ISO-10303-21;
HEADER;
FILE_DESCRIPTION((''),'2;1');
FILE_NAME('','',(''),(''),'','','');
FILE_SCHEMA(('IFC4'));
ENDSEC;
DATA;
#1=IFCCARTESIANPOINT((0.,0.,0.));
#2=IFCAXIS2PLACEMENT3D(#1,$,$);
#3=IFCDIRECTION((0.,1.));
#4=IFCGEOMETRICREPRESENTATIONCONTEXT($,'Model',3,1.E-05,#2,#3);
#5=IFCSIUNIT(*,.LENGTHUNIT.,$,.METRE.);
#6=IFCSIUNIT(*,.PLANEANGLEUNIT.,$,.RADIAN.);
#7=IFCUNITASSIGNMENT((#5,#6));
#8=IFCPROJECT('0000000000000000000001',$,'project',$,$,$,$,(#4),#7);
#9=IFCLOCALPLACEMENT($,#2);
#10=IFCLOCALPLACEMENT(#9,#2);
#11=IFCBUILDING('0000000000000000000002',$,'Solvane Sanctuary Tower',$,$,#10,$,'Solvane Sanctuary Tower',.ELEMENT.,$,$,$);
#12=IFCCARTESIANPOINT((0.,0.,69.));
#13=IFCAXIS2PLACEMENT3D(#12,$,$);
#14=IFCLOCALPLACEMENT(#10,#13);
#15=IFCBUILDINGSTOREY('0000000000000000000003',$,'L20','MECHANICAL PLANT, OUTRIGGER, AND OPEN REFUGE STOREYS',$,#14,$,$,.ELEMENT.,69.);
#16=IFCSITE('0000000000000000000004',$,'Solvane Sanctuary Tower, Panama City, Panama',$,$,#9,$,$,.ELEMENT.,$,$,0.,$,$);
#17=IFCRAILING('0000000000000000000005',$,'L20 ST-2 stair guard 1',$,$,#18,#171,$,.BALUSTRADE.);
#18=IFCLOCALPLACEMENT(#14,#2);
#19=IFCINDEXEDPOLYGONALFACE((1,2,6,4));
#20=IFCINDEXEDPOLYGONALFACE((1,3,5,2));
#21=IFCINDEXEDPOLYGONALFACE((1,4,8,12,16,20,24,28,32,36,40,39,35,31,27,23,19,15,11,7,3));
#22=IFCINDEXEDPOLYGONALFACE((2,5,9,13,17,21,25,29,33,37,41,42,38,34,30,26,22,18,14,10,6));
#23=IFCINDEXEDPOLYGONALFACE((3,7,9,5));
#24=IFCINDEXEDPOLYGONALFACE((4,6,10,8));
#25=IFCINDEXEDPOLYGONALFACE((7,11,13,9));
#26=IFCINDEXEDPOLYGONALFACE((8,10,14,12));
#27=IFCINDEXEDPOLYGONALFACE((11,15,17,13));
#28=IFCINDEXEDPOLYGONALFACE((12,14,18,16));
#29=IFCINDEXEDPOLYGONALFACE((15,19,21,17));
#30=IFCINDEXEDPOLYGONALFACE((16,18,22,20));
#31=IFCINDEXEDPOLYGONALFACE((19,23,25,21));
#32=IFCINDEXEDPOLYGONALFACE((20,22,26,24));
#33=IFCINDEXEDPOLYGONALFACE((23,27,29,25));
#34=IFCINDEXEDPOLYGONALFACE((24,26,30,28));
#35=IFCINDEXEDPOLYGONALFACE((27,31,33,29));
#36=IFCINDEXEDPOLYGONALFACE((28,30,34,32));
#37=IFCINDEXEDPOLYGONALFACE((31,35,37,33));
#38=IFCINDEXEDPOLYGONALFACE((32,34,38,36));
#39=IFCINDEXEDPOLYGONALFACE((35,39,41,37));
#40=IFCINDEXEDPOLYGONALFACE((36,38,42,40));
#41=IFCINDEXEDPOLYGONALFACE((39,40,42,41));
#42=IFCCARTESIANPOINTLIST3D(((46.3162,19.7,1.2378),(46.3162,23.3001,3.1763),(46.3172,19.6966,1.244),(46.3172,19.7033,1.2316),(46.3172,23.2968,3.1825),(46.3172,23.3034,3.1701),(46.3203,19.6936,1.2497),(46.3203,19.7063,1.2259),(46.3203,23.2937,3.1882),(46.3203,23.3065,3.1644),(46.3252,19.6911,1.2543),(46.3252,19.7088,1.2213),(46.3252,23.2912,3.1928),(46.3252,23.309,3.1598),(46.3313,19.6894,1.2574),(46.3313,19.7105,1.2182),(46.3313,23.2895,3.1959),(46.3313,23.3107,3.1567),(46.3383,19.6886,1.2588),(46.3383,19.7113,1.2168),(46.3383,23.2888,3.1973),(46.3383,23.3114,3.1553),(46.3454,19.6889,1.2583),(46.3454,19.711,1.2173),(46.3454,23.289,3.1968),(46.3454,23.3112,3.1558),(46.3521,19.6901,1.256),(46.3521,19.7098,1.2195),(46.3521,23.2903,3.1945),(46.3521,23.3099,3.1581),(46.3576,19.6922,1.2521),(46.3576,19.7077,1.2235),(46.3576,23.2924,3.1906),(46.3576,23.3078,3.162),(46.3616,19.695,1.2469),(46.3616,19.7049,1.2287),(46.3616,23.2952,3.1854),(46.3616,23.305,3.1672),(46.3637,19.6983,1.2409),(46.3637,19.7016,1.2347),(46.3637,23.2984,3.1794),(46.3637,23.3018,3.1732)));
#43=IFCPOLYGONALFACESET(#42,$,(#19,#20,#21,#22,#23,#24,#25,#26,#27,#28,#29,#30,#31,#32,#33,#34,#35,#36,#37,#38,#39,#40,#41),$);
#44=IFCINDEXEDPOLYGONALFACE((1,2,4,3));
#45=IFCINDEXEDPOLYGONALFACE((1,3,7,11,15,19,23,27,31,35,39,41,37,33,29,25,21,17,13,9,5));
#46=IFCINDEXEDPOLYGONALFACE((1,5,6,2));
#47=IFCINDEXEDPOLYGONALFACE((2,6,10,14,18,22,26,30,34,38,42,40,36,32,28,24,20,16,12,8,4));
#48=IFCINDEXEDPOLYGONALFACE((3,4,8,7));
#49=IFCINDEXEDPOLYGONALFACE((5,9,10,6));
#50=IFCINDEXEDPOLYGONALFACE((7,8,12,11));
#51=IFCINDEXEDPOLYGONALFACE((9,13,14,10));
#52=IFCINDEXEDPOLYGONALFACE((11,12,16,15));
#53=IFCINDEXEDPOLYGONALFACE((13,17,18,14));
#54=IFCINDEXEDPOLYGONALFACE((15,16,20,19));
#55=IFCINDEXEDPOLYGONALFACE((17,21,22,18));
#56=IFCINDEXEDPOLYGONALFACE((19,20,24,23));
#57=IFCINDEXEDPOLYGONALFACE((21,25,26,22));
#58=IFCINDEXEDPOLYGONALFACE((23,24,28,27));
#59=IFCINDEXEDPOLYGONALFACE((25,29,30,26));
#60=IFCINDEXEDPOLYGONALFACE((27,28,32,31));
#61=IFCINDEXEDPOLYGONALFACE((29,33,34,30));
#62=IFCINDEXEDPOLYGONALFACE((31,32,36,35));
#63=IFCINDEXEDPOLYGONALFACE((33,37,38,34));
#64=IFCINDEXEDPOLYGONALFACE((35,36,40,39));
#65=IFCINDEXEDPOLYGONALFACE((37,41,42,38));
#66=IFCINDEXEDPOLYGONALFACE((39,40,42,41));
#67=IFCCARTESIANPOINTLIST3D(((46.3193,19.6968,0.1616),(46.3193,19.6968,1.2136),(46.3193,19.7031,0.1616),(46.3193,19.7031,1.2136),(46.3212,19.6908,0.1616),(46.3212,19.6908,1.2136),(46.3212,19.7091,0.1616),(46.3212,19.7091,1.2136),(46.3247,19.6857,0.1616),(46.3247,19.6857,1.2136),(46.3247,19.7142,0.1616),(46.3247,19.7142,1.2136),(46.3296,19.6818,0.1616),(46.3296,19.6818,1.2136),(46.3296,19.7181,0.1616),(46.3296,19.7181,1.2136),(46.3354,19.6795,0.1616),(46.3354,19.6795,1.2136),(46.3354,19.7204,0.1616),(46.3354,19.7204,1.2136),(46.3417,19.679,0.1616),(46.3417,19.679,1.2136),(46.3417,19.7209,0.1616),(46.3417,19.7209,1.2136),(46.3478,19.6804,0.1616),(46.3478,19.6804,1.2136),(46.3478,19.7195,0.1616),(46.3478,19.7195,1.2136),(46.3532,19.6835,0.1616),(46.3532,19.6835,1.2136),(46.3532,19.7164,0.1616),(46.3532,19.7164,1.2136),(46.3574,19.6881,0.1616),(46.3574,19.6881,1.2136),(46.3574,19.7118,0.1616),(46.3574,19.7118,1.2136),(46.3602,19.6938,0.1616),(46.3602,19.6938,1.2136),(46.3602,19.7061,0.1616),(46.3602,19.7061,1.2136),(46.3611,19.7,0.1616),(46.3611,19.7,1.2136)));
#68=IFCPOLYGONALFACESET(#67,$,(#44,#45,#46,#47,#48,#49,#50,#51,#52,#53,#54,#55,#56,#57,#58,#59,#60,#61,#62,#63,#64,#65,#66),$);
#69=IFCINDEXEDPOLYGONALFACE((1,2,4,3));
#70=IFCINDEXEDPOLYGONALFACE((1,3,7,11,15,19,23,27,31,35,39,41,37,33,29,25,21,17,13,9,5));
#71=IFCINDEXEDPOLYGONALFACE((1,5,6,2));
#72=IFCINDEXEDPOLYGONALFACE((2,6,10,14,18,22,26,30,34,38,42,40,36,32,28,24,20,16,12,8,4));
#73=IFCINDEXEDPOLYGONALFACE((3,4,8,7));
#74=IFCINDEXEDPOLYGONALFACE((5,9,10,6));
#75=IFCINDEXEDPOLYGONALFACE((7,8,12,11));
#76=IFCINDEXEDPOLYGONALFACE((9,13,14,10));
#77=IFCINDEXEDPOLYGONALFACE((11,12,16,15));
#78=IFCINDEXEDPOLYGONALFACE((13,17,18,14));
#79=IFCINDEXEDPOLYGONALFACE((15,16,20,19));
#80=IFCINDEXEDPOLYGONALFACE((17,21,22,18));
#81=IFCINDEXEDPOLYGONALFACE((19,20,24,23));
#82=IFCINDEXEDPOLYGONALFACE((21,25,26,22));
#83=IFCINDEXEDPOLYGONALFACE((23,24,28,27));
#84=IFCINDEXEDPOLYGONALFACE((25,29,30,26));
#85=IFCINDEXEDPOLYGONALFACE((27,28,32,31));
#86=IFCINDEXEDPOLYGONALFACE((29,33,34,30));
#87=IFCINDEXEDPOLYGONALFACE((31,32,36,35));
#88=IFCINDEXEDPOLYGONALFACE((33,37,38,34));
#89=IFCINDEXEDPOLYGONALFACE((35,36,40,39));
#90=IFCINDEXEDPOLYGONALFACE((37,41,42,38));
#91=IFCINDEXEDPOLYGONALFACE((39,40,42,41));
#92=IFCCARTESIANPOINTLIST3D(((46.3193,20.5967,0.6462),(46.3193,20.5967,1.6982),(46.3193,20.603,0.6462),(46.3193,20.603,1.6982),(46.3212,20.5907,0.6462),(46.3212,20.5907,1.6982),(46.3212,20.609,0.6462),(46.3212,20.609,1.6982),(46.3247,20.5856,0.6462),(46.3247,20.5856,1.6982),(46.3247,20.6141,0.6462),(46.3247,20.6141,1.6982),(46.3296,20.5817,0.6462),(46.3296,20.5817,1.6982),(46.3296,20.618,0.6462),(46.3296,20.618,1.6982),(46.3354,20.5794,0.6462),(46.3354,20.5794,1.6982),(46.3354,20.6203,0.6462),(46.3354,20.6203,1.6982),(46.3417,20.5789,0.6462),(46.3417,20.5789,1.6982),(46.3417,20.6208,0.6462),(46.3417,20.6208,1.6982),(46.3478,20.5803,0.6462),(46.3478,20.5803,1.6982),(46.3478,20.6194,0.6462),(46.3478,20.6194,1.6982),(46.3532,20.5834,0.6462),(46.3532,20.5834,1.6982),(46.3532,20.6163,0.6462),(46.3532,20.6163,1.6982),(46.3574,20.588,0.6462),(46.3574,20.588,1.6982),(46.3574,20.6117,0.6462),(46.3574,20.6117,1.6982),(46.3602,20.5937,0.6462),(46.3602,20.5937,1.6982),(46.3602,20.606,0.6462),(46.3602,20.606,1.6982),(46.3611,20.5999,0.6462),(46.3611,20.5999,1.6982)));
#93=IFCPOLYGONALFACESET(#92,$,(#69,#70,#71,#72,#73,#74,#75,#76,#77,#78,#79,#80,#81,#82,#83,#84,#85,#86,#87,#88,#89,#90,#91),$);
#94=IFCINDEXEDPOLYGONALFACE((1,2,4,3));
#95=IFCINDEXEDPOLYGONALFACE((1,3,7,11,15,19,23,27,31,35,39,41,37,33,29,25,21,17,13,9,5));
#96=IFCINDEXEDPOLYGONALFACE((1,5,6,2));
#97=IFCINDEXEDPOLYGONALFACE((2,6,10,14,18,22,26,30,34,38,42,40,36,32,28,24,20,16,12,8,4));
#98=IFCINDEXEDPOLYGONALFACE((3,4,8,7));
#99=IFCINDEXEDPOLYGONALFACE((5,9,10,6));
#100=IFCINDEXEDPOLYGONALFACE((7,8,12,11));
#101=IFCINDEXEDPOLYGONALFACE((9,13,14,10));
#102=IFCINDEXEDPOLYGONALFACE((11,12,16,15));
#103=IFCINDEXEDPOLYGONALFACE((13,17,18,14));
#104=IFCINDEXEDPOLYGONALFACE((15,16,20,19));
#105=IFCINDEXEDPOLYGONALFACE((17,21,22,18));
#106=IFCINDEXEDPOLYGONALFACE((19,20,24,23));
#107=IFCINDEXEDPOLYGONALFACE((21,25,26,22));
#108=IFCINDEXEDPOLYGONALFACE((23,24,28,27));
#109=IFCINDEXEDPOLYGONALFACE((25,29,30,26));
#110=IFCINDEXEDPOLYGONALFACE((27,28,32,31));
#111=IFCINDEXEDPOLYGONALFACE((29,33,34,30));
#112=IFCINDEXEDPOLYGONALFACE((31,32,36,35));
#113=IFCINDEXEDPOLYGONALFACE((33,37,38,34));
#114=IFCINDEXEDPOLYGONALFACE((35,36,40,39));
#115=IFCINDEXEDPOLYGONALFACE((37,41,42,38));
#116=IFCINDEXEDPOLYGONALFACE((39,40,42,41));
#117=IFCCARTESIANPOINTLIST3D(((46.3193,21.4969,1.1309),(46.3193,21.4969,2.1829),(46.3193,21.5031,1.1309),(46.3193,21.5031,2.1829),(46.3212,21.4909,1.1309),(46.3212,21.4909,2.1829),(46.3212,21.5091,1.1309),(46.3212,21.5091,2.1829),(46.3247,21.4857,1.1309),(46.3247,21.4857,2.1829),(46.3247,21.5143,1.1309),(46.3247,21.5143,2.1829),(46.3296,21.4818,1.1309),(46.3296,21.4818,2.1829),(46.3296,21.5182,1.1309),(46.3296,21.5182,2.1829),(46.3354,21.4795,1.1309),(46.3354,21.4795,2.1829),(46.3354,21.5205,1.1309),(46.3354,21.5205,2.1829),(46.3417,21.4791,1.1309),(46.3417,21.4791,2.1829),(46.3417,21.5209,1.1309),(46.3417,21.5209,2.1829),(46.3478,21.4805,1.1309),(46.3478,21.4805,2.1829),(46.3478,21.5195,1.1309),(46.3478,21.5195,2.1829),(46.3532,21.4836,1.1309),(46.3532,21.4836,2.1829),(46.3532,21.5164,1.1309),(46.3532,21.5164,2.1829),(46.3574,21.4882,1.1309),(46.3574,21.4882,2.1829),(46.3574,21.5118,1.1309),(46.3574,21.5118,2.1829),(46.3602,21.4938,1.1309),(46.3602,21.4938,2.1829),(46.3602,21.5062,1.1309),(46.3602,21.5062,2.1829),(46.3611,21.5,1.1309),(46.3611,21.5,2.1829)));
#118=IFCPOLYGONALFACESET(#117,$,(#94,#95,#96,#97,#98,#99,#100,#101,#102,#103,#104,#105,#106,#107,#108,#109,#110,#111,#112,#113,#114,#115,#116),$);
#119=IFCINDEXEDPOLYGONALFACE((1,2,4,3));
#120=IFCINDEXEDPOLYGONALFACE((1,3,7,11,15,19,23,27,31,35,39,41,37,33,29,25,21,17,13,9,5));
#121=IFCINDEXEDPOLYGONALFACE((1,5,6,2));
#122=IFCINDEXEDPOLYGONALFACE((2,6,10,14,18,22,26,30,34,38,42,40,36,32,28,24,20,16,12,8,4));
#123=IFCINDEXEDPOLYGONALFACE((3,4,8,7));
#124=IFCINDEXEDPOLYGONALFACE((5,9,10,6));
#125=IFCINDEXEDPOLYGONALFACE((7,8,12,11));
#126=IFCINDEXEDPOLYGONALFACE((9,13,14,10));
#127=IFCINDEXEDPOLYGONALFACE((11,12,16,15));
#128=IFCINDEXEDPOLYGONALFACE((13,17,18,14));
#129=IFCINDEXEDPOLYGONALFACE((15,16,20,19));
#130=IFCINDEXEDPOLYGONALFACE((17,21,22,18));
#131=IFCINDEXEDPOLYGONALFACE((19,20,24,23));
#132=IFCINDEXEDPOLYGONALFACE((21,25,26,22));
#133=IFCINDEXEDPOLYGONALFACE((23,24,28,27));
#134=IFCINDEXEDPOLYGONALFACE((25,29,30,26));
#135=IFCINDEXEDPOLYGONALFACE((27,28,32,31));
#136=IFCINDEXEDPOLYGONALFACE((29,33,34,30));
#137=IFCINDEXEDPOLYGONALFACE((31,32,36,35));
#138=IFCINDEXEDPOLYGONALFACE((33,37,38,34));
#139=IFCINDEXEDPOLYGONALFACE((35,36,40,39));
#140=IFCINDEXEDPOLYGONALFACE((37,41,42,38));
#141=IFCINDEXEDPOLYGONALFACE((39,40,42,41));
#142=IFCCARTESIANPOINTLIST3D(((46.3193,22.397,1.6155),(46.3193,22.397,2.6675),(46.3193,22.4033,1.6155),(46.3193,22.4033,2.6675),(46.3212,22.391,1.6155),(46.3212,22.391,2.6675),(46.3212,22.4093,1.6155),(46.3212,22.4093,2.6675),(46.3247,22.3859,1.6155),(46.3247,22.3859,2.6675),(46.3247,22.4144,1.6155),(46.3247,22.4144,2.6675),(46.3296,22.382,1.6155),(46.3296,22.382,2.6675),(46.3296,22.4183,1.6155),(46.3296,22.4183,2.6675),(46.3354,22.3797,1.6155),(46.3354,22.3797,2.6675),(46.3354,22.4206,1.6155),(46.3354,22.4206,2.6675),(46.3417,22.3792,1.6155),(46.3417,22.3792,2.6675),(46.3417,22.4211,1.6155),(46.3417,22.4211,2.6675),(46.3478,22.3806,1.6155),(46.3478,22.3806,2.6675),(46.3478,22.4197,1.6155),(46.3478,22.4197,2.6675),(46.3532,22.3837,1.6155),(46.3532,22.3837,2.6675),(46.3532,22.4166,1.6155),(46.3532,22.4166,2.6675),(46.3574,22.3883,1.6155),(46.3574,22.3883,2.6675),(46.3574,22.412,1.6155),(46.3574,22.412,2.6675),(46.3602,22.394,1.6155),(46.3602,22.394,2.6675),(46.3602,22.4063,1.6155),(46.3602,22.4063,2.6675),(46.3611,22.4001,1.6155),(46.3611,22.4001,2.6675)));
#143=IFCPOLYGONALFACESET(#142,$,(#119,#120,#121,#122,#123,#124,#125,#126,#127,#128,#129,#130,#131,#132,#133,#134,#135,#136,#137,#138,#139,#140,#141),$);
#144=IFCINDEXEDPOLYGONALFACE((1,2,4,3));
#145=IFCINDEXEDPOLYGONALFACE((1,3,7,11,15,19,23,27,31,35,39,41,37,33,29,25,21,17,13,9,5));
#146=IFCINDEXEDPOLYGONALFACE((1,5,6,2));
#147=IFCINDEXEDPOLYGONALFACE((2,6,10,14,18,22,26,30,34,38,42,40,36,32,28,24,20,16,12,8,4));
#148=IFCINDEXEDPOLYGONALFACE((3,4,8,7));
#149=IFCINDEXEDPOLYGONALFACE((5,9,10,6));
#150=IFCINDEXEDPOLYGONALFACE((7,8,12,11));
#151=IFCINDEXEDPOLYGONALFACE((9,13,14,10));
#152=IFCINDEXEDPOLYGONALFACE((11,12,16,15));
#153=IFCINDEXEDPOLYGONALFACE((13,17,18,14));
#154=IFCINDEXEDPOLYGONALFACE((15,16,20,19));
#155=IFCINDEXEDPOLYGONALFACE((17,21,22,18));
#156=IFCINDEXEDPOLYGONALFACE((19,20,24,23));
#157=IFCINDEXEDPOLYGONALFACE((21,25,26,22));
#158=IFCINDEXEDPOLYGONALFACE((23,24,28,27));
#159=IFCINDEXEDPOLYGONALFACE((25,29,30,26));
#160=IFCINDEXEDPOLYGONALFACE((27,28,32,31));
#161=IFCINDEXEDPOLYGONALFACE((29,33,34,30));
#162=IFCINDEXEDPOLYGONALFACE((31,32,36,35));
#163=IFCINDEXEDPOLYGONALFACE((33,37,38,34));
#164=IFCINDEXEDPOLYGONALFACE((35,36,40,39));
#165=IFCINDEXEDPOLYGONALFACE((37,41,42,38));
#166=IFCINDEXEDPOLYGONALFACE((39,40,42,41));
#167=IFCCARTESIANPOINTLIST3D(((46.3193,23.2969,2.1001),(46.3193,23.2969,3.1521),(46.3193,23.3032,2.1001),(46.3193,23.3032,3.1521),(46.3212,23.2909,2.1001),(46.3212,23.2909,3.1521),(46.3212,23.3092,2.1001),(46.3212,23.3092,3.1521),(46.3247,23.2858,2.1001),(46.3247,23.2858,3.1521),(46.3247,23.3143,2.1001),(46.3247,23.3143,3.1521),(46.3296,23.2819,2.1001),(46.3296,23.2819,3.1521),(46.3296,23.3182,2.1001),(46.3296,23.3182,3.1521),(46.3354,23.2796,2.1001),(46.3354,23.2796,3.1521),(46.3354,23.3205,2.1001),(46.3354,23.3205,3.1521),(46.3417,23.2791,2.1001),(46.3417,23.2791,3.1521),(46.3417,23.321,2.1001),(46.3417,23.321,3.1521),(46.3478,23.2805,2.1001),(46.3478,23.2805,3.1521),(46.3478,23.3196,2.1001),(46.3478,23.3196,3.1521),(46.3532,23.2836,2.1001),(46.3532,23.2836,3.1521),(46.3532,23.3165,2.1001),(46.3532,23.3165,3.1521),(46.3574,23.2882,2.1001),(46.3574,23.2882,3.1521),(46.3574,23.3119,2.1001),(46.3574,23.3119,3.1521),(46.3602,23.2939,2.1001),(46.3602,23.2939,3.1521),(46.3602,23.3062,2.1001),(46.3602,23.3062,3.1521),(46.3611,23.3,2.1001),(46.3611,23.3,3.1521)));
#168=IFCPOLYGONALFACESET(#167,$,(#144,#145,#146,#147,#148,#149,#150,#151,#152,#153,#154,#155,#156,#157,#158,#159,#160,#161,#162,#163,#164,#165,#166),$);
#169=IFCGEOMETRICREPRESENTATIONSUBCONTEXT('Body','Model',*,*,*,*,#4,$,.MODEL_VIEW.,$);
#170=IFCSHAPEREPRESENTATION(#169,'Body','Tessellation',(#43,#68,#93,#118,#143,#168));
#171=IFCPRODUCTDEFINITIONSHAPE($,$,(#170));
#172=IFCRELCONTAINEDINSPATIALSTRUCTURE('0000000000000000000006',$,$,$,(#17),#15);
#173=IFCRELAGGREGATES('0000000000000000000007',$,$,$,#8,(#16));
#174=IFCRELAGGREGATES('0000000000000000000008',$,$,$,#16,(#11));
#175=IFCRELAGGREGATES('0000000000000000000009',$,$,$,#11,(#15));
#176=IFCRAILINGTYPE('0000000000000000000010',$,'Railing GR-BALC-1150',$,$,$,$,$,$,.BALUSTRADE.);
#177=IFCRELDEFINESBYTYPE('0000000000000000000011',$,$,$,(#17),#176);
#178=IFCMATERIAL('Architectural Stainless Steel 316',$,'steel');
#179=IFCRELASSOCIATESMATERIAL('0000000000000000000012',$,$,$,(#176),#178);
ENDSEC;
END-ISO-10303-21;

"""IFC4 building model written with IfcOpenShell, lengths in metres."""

from ifc_helpers import new_model, si_unit, direction, frame, origin, origin_2d, place, context, subcontext, project, spatial, circle, extrude, material, type_object, element, save


model = new_model("IFC4")

# Units and contexts
model_context = context("Model", 3, precision=1e-05, world=origin(), true_north=direction((0.0, 1.0)))
body_context = subcontext(model_context, "Body", "Model", "MODEL_VIEW")
ifc_project = project(units=[si_unit("LENGTHUNIT", "METRE"), si_unit("PLANEANGLEUNIT", "RADIAN")], contexts=[model_context])

# Site, building, storey
site_placement = place(None, origin())
site = spatial("IfcSite", under=ifc_project, at=site_placement, Name="Solvane Sanctuary Tower, Panama City, Panama", CompositionType="ELEMENT", RefElevation=0.0)
building_placement = place(site_placement, origin())
building = spatial("IfcBuilding", under=site, at=building_placement, Name="Solvane Sanctuary Tower", LongName="Solvane Sanctuary Tower", CompositionType="ELEMENT")
storey_placement = place(building_placement, frame((0.0, 0.0, 69.0)))
storey = spatial("IfcBuildingStorey", under=building, at=storey_placement, Name="L20", Description="MECHANICAL PLANT, OUTRIGGER, AND OPEN REFUGE STOREYS", CompositionType="ELEMENT", Elevation=69.0)

# Shared definitions
ifc_material_1 = material(Name="Architectural Stainless Steel 316", Category="steel")

# Railing
railing_type_1 = type_object("IfcRailingType", Name="Railing GR-BALC-1150", PredefinedType="BALUSTRADE", material=ifc_material_1)
railing_1_placement = place(storey_placement, frame((46.3401, 19.7, 0.1616)))
element("IfcRailing", 1, at=railing_1_placement, inside=storey, type_object=railing_type_1, Name="L20 ST-2 stair guard 1", PredefinedType="BALUSTRADE", context=body_context, shape_type="SweptSolid", body=[
    extrude(circle(Radius=0.0239, at=origin_2d()), frame((0.0, 0.0, 1.0762), z_axis=(0.0, 0.880475, 0.474093), x_axis=(-1.0, 0.0, 0.0)), (0.0, 0.0, 1.0), 4.0889),
    extrude(circle(Radius=0.021, at=origin_2d()), origin(), (0.0, 0.0, 1.0), 1.052),
    extrude(circle(Radius=0.021, at=origin_2d()), frame((0.0, 0.8999, 0.4846)), (0.0, 0.0, 1.0), 1.052),
    extrude(circle(Radius=0.021, at=origin_2d()), frame((0.0, 1.8, 0.9692)), (0.0, 0.0, 1.0), 1.052),
    extrude(circle(Radius=0.021, at=origin_2d()), frame((0.0, 2.7002, 1.4539)), (0.0, 0.0, 1.0), 1.052),
    extrude(circle(Radius=0.021, at=origin_2d()), frame((0.0, 3.6001, 1.9385)), (0.0, 0.0, 1.0), 1.052),
])

save(model, "model.ifc")
